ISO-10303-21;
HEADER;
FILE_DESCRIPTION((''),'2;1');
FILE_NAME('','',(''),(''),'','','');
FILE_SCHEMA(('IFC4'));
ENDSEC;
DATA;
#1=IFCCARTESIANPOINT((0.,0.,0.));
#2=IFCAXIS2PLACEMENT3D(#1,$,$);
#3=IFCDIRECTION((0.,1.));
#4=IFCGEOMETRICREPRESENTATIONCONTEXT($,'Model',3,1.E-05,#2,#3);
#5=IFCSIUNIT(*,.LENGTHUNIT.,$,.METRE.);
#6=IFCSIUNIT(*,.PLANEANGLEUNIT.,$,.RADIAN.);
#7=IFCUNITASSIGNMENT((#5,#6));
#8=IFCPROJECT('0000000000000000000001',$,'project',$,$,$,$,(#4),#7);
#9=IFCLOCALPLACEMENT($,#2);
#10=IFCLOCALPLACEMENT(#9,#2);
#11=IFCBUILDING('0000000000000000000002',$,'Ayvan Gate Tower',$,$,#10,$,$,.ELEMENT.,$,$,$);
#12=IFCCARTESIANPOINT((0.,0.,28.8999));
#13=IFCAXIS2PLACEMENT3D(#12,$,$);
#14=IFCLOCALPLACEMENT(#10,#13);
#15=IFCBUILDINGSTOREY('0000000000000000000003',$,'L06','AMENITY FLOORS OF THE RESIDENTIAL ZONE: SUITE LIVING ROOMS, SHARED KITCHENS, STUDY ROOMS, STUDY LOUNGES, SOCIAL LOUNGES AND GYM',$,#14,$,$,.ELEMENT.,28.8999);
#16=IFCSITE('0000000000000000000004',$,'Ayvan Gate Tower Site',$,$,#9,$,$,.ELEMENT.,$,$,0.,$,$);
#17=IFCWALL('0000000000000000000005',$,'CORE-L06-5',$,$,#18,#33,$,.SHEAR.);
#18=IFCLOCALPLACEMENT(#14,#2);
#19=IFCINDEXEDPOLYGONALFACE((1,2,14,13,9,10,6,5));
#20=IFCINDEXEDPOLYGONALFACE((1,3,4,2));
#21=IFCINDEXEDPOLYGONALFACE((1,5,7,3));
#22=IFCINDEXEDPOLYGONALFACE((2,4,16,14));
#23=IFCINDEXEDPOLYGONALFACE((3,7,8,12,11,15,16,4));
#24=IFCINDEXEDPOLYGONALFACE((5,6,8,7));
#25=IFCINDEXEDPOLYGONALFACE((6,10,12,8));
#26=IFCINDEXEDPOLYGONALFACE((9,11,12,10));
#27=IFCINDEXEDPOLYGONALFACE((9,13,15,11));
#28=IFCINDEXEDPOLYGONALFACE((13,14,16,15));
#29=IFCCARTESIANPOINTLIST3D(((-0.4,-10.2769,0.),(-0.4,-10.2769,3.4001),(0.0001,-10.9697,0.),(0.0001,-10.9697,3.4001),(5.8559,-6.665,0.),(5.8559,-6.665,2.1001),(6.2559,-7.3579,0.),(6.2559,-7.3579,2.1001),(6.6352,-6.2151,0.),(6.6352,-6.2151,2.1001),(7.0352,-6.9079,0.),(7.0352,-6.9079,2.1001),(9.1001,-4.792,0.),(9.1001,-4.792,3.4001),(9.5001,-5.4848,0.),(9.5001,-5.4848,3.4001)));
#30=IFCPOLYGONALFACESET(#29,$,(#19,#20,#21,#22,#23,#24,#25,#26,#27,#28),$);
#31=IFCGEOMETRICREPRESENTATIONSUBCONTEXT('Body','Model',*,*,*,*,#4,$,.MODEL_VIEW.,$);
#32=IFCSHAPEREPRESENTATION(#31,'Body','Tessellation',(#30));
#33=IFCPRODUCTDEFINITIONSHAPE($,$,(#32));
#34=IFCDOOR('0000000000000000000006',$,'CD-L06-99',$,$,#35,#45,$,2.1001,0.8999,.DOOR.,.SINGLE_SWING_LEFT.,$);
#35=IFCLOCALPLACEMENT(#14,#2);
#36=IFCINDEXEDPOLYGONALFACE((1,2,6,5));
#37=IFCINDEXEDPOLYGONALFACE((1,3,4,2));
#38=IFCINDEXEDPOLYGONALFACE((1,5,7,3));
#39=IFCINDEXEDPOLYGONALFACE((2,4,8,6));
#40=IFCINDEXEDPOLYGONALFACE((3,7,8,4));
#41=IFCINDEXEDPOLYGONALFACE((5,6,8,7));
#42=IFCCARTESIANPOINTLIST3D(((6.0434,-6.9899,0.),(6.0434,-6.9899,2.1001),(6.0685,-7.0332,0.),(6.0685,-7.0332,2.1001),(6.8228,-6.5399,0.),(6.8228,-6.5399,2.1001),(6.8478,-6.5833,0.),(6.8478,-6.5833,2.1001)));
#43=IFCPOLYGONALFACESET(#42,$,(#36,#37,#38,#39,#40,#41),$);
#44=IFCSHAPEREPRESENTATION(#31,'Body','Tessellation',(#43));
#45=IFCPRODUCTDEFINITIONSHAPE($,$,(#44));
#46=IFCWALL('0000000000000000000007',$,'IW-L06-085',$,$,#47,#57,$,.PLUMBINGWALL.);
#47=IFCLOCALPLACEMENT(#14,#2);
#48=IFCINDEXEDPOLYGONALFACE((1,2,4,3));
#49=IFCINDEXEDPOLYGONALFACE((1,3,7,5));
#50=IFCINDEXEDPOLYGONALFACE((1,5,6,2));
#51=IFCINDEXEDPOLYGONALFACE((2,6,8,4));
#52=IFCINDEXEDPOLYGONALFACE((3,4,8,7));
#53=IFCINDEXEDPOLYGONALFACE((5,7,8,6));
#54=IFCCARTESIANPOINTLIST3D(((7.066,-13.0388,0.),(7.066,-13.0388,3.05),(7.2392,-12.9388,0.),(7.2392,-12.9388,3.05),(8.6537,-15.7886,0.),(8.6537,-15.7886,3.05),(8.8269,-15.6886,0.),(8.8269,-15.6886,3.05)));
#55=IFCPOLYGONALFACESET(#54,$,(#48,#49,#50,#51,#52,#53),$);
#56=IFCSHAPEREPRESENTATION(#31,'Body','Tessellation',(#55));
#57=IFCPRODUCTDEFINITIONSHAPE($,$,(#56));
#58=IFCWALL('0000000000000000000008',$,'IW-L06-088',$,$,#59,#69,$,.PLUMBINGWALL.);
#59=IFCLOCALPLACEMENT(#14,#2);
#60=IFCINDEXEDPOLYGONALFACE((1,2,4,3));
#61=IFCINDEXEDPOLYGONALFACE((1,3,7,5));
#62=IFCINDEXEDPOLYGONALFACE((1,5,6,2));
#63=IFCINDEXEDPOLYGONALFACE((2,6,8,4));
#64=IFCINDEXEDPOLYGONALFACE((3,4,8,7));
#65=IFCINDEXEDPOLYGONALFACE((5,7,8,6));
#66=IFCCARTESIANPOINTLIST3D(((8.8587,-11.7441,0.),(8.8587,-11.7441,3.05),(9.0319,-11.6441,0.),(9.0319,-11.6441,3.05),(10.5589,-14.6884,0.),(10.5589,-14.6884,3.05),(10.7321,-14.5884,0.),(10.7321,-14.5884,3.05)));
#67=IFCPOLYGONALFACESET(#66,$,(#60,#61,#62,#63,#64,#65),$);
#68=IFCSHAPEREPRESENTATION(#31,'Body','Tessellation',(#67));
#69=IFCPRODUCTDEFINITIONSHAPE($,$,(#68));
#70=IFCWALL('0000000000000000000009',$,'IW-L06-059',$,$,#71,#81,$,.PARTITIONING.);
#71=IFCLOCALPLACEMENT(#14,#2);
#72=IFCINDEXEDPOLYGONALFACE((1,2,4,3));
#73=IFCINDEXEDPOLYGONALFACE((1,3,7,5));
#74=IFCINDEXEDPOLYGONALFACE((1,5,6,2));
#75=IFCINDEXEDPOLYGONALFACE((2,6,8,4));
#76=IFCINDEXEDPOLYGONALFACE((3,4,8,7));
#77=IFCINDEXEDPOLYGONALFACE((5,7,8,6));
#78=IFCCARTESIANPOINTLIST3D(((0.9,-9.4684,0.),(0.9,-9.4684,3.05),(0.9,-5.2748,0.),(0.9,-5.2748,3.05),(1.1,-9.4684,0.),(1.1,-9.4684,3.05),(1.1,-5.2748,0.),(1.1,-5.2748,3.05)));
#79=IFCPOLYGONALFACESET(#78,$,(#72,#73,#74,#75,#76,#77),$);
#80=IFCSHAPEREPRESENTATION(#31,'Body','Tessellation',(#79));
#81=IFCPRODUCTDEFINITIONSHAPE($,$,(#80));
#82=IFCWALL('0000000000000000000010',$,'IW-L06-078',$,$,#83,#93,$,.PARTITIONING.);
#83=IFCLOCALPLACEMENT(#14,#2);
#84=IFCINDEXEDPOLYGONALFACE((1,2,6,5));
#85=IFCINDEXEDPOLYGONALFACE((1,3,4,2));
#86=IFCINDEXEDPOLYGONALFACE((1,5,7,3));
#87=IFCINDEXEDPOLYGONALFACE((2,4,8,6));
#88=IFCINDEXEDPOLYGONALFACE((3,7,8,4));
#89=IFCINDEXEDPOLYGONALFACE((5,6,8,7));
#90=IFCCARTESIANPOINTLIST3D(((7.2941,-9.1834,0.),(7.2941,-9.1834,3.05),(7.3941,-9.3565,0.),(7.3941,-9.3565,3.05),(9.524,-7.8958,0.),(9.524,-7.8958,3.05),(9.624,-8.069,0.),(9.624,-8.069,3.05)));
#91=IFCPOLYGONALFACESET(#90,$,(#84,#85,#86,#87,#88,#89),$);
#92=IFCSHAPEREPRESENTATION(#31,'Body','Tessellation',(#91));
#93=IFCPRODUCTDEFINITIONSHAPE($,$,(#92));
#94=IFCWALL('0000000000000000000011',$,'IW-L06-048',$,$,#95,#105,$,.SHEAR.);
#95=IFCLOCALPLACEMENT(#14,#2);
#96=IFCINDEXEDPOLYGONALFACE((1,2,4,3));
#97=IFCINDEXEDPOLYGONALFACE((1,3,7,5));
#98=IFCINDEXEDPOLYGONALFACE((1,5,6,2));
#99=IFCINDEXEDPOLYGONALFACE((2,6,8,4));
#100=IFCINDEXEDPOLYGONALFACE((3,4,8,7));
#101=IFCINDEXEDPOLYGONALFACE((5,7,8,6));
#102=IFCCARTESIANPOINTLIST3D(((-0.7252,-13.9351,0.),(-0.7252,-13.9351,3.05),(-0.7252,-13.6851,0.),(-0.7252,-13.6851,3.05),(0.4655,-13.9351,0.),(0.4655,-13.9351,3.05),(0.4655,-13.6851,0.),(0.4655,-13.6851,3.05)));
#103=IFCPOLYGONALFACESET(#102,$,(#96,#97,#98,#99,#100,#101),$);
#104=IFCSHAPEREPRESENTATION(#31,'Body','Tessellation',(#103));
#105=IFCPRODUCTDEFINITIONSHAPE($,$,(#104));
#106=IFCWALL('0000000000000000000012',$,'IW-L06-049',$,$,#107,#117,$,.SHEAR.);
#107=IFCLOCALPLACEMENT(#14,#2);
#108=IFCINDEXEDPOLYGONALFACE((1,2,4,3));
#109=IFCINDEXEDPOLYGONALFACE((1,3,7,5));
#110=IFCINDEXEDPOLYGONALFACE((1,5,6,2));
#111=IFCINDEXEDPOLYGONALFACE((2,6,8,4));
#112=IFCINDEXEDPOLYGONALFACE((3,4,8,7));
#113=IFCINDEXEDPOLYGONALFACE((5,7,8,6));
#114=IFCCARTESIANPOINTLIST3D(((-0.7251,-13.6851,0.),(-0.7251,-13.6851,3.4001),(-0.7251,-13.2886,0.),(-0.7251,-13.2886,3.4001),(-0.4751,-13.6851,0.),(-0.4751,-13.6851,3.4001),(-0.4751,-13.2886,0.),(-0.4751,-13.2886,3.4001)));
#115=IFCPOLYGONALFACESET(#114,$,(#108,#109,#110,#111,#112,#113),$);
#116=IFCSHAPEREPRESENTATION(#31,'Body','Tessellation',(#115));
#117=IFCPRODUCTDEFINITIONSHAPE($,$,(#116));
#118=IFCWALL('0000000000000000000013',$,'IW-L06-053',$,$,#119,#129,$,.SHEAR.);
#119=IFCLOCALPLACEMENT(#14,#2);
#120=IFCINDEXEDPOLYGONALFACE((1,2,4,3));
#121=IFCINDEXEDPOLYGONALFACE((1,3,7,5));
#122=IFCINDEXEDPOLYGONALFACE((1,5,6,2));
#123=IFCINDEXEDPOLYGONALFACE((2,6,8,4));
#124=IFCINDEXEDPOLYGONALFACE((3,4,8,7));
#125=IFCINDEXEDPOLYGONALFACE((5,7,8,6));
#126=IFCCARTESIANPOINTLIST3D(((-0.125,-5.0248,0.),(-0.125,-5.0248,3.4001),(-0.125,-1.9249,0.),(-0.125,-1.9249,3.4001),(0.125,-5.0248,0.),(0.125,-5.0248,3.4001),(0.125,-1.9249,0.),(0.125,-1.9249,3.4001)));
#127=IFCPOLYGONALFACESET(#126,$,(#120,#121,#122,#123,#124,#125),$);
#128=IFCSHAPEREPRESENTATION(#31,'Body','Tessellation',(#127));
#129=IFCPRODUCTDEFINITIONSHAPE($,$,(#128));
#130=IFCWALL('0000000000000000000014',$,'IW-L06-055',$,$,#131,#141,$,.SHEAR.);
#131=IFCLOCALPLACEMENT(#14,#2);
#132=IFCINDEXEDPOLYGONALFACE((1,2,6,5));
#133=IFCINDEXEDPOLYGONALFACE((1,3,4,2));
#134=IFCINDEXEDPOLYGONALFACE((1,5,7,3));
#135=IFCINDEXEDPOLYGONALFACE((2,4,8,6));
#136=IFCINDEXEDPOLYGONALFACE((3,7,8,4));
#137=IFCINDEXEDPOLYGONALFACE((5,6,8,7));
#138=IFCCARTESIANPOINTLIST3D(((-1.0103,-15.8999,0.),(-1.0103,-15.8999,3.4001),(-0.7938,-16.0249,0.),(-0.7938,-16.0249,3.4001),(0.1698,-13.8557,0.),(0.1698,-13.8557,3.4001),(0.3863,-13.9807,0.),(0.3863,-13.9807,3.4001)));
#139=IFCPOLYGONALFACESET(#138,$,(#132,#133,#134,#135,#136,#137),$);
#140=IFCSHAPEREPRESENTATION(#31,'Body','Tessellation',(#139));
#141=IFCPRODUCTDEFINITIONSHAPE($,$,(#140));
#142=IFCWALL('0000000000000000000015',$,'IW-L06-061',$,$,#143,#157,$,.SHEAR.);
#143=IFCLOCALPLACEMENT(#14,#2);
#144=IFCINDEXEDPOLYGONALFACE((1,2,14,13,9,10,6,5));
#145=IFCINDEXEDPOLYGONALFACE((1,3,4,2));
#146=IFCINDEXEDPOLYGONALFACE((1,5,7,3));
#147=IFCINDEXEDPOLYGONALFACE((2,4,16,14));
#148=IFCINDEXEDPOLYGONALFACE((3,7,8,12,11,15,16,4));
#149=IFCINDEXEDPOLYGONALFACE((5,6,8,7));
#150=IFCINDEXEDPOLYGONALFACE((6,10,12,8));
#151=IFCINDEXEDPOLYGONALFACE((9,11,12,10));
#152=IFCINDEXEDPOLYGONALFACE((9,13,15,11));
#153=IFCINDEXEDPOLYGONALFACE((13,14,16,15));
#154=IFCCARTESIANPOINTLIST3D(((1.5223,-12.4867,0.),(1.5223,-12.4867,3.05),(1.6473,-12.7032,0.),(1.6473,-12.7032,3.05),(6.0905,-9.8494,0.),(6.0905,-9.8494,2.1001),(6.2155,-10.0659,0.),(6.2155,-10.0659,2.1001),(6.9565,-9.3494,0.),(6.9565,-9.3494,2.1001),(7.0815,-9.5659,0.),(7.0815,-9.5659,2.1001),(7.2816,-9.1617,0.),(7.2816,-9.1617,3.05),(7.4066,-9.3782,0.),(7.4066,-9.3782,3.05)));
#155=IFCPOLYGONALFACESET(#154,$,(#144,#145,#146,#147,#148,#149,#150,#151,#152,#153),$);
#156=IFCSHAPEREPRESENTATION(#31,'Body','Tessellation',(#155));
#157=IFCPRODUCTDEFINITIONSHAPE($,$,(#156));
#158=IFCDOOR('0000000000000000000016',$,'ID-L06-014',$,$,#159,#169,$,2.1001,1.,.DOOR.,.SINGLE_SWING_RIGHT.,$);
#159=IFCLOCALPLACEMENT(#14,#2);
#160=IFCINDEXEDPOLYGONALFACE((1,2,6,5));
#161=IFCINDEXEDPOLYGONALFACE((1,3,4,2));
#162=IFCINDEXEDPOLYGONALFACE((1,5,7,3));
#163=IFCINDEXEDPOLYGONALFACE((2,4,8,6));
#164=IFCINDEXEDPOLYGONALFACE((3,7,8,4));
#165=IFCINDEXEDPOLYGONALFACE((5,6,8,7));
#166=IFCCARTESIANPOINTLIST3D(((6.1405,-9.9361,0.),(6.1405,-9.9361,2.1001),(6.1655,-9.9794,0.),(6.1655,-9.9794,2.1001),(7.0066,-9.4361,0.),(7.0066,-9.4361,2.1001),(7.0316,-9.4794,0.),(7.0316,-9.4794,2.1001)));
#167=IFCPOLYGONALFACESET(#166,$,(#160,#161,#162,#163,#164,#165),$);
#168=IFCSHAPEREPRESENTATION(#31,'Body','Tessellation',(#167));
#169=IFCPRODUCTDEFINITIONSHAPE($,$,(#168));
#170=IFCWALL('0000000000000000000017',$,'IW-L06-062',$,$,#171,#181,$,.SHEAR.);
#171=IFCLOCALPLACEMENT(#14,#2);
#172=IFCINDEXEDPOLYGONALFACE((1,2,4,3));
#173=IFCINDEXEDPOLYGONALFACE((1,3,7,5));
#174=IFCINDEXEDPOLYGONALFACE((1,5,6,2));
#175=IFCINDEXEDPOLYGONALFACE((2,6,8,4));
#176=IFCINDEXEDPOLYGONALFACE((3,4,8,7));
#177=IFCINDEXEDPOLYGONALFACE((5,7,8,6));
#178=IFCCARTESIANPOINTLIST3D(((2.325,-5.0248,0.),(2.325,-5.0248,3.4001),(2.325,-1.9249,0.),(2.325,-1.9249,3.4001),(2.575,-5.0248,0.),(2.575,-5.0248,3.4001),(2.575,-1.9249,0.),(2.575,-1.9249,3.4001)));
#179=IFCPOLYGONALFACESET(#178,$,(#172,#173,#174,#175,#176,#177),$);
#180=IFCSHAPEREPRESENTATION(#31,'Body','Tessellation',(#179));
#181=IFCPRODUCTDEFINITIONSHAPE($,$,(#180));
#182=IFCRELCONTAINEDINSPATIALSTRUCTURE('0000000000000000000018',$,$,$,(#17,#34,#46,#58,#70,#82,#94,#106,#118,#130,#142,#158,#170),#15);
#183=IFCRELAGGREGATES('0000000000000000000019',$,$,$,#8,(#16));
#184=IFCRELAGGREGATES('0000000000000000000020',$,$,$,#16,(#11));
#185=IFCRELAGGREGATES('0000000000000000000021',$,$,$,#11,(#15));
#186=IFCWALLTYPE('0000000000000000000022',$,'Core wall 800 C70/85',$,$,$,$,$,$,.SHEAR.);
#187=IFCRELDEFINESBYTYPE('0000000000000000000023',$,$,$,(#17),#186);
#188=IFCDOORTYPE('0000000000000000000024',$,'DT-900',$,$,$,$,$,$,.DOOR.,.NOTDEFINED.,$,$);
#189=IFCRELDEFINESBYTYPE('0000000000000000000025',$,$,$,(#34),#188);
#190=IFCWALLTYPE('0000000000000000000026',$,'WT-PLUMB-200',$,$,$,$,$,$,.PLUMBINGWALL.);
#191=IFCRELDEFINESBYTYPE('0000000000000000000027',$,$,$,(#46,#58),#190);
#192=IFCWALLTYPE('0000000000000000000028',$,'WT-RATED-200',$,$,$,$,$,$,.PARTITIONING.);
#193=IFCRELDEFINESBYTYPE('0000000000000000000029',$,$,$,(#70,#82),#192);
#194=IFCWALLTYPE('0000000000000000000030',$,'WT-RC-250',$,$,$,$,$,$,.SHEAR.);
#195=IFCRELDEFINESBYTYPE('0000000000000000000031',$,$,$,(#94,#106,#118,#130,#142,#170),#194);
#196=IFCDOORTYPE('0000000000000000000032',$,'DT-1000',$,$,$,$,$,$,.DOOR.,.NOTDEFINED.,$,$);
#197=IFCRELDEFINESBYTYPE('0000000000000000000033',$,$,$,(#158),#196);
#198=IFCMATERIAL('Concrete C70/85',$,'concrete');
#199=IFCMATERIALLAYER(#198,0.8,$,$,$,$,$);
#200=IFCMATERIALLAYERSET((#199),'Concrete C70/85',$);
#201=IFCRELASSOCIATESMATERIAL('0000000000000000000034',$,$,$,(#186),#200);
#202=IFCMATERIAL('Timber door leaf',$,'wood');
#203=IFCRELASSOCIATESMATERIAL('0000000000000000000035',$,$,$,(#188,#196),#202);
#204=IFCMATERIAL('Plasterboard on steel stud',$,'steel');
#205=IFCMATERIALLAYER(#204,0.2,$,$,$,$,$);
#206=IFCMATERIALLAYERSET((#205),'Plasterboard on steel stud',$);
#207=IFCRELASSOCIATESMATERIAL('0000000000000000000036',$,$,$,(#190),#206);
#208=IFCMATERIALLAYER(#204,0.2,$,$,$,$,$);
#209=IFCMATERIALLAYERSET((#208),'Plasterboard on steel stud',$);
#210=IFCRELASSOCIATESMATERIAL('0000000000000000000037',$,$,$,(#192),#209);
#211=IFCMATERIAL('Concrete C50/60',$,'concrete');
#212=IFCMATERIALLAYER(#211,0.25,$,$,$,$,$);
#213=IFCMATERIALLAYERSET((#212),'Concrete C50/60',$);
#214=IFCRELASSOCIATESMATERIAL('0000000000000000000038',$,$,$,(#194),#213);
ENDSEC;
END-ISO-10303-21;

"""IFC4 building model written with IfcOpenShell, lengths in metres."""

from ifc_helpers import new_model, si_unit, direction, frame, frame_2d, origin, place, context, subcontext, project, spatial, rectangle, extrude, material, layer, layer_set, type_object, element, fill, save


model = new_model("IFC4")

# Units and contexts
model_context = context("Model", 3, precision=1e-05, world=origin(), true_north=direction((0.0, 1.0)))
body_context = subcontext(model_context, "Body", "Model", "MODEL_VIEW")
ifc_project = project(units=[si_unit("LENGTHUNIT", "METRE"), si_unit("PLANEANGLEUNIT", "RADIAN")], contexts=[model_context])

# Site, building, storey
site_placement = place(None, origin())
site = spatial("IfcSite", under=ifc_project, at=site_placement, Name="Ayvan Gate Tower Site", CompositionType="ELEMENT", RefElevation=0.0)
building_placement = place(site_placement, origin())
building = spatial("IfcBuilding", under=site, at=building_placement, Name="Ayvan Gate Tower", CompositionType="ELEMENT")
storey_placement = place(building_placement, frame((0.0, 0.0, 28.8999)))
storey = spatial("IfcBuildingStorey", under=building, at=storey_placement, Name="L06", Description="AMENITY FLOORS OF THE RESIDENTIAL ZONE: SUITE LIVING ROOMS, SHARED KITCHENS, STUDY ROOMS, STUDY LOUNGES, SOCIAL LOUNGES AND GYM", CompositionType="ELEMENT", Elevation=28.8999)

# Wall, opening, door
ifc_material_1 = material(Name="Concrete C70/85", Category="concrete")
ifc_layer_1 = layer(ifc_material_1, 0.8)
ifc_layer_set_1 = layer_set([ifc_layer_1], Name="Concrete C70/85")
wall_type_1 = type_object("IfcWallType", Name="Core wall 800 C70/85", PredefinedType="SHEAR", material=ifc_layer_set_1)
wall_1_placement = place(storey_placement, frame((-0.2, -10.6233, 0.0), z_axis=(0.0, 0.0, 1.0), x_axis=(0.866024, 0.500002, 0.0)))
wall_1 = element("IfcWall", 1, at=wall_1_placement, inside=storey, type_object=wall_type_1, Name="CORE-L06-5", PredefinedType="SHEAR", context=body_context, shape_type="SweptSolid", body=[
    extrude(rectangle(XDim=10.9697, YDim=0.8, at=frame_2d((5.4849, 0.0))), origin(), (0.0, 0.0, 1.0), 3.4001),
])
opening_1_placement = place(wall_1_placement, frame((7.2236, 0.0, 0.0)))
opening_1 = element("IfcOpeningElement", 2, at=opening_1_placement, cuts=wall_1, PredefinedType="OPENING", context=body_context, shape_type="SweptSolid", body=[
    extrude(rectangle(XDim=0.8999, YDim=2.1001, at=frame_2d((0.45, 1.05))), frame((0.0, 0.4099, 0.0), z_axis=(0.0, -1.0, 0.0), x_axis=(1.0, 0.0, 0.0)), (0.0, 0.0, 1.0), 0.8201),
])
ifc_material_2 = material(Name="Timber door leaf", Category="wood")
door_type_1 = type_object("IfcDoorType", Name="DT-900", OperationType="NOTDEFINED", PredefinedType="DOOR", material=ifc_material_2)
door_1_placement = place(opening_1_placement, origin())
door_1 = element("IfcDoor", 3, at=door_1_placement, inside=storey, type_object=door_type_1, Name="CD-L06-99", OperationType="SINGLE_SWING_LEFT", OverallHeight=2.1001, OverallWidth=0.8999, PredefinedType="DOOR", context=body_context, shape_type="SweptSolid", body=[
    extrude(rectangle(XDim=0.8999, YDim=2.1001, at=frame_2d((0.45, 1.05))), frame((0.0, 0.0249, 0.0), z_axis=(0.0, -1.0, 0.0), x_axis=(1.0, 0.0, 0.0)), (0.0, 0.0, 1.0), 0.05),
])
fill(opening_1, door_1)

# Walls
ifc_material_3 = material(Name="Plasterboard on steel stud", Category="steel")
ifc_layer_2 = layer(ifc_material_3, 0.2)
ifc_layer_set_2 = layer_set([ifc_layer_2], Name="Plasterboard on steel stud")
wall_type_2 = type_object("IfcWallType", Name="WT-PLUMB-200", PredefinedType="PLUMBINGWALL", material=ifc_layer_set_2)
wall_2_placement = place(storey_placement, frame((7.1526, -12.9888, 0.0), z_axis=(0.0, 0.0, 1.0), x_axis=(0.500018, -0.866015, 0.0)))
element("IfcWall", 4, at=wall_2_placement, inside=storey, type_object=wall_type_2, Name="IW-L06-085", PredefinedType="PLUMBINGWALL", context=body_context, shape_type="SweptSolid", body=[
    extrude(rectangle(XDim=3.1753, YDim=0.2, at=frame_2d((1.5876, 0.0))), origin(), (0.0, 0.0, 1.0), 3.05),
])
wall_3_placement = place(storey_placement, frame((8.9453, -11.6941, 0.0), z_axis=(0.0, 0.0, 1.0), x_axis=(0.500062, -0.865989, 0.0)))
element("IfcWall", 5, at=wall_3_placement, inside=storey, type_object=wall_type_2, Name="IW-L06-088", PredefinedType="PLUMBINGWALL", context=body_context, shape_type="SweptSolid", body=[
    extrude(rectangle(XDim=3.3999, YDim=0.2, at=frame_2d((1.7, 0.0))), origin(), (0.0, 0.0, 1.0), 3.05),
])
ifc_layer_3 = layer(ifc_material_3, 0.2)
ifc_layer_set_3 = layer_set([ifc_layer_3], Name="Plasterboard on steel stud")
wall_type_3 = type_object("IfcWallType", Name="WT-RATED-200", PredefinedType="PARTITIONING", material=ifc_layer_set_3)
wall_4_placement = place(storey_placement, frame((1.0, -5.2749, 0.0), z_axis=(0.0, 0.0, 1.0), x_axis=(0.0, -1.0, 0.0)))
element("IfcWall", 6, at=wall_4_placement, inside=storey, type_object=wall_type_3, Name="IW-L06-059", PredefinedType="PARTITIONING", context=body_context, shape_type="SweptSolid", body=[
    extrude(rectangle(XDim=4.1936, YDim=0.2, at=frame_2d((2.0967, 0.0))), origin(), (0.0, 0.0, 1.0), 3.05),
])
wall_5_placement = place(storey_placement, frame((7.344, -9.27, 0.0), z_axis=(0.0, 0.0, 1.0), x_axis=(0.866006, 0.500034, 0.0)))
element("IfcWall", 7, at=wall_5_placement, inside=storey, type_object=wall_type_3, Name="IW-L06-078", PredefinedType="PARTITIONING", context=body_context, shape_type="SweptSolid", body=[
    extrude(rectangle(XDim=2.575, YDim=0.2, at=frame_2d((1.2876, 0.0))), origin(), (0.0, 0.0, 1.0), 3.05),
])
ifc_material_4 = material(Name="Concrete C50/60", Category="concrete")
ifc_layer_4 = layer(ifc_material_4, 0.25)
ifc_layer_set_4 = layer_set([ifc_layer_4], Name="Concrete C50/60")
wall_type_4 = type_object("IfcWallType", Name="WT-RC-250", PredefinedType="SHEAR", material=ifc_layer_set_4)
wall_6_placement = place(storey_placement, frame((-0.7251, -13.8101, 0.0), z_axis=(0.0, 0.0, 1.0), x_axis=(1.0, 0.0, 0.0)))
element("IfcWall", 8, at=wall_6_placement, inside=storey, type_object=wall_type_4, Name="IW-L06-048", PredefinedType="SHEAR", context=body_context, shape_type="SweptSolid", body=[
    extrude(rectangle(XDim=1.1907, YDim=0.25, at=frame_2d((0.5952, 0.0))), origin(), (0.0, 0.0, 1.0), 3.05),
])
wall_7_placement = place(storey_placement, frame((-0.6001, -13.2886, 0.0), z_axis=(0.0, 0.0, 1.0), x_axis=(0.0, -1.0, 0.0)))
element("IfcWall", 9, at=wall_7_placement, inside=storey, type_object=wall_type_4, Name="IW-L06-049", PredefinedType="SHEAR", context=body_context, shape_type="SweptSolid", body=[
    extrude(rectangle(XDim=0.3965, YDim=0.25, at=frame_2d((0.1982, 0.0))), origin(), (0.0, 0.0, 1.0), 3.4001),
])
wall_8_placement = place(storey_placement, frame((0.0, -1.925, 0.0), z_axis=(0.0, 0.0, 1.0), x_axis=(0.0, -1.0, 0.0)))
element("IfcWall", 10, at=wall_8_placement, inside=storey, type_object=wall_type_4, Name="IW-L06-053", PredefinedType="SHEAR", context=body_context, shape_type="SweptSolid", body=[
    extrude(rectangle(XDim=3.0999, YDim=0.25, at=frame_2d((1.5498, 0.0))), origin(), (0.0, 0.0, 1.0), 3.4001),
])
wall_9_placement = place(storey_placement, frame((0.2781, -13.9182, 0.0), z_axis=(0.0, 0.0, 1.0), x_axis=(-0.499988, -0.866032, 0.0)))
element("IfcWall", 11, at=wall_9_placement, inside=storey, type_object=wall_type_4, Name="IW-L06-055", PredefinedType="SHEAR", context=body_context, shape_type="SweptSolid", body=[
    extrude(rectangle(XDim=2.3604, YDim=0.25, at=frame_2d((1.1802, 0.0))), origin(), (0.0, 0.0, 1.0), 3.4001),
])

# Wall, opening, door
wall_10_placement = place(storey_placement, frame((1.5847, -12.595, 0.0), z_axis=(0.0, 0.0, 1.0), x_axis=(0.866036, 0.499981, 0.0)))
wall_10 = element("IfcWall", 12, at=wall_10_placement, inside=storey, type_object=wall_type_4, Name="IW-L06-061", PredefinedType="SHEAR", context=body_context, shape_type="SweptSolid", body=[
    extrude(rectangle(XDim=6.6501, YDim=0.25, at=frame_2d((3.3252, 0.0))), origin(), (0.0, 0.0, 1.0), 3.05),
])
opening_2_placement = place(wall_10_placement, frame((5.2749, 0.0, 0.0)))
opening_2 = element("IfcOpeningElement", 13, at=opening_2_placement, cuts=wall_10, PredefinedType="OPENING", context=body_context, shape_type="SweptSolid", body=[
    extrude(rectangle(XDim=1.0, YDim=2.1001, at=frame_2d((0.5, 1.05))), frame((0.0, 0.135, 0.0), z_axis=(0.0, -1.0, 0.0), x_axis=(1.0, 0.0, 0.0)), (0.0, 0.0, 1.0), 0.27),
])
door_type_2 = type_object("IfcDoorType", Name="DT-1000", OperationType="NOTDEFINED", PredefinedType="DOOR", material=ifc_material_2)
door_2_placement = place(opening_2_placement, origin())
door_2 = element("IfcDoor", 14, at=door_2_placement, inside=storey, type_object=door_type_2, Name="ID-L06-014", OperationType="SINGLE_SWING_RIGHT", OverallHeight=2.1001, OverallWidth=1.0, PredefinedType="DOOR", context=body_context, shape_type="SweptSolid", body=[
    extrude(rectangle(XDim=1.0, YDim=2.1001, at=frame_2d((0.5, 1.05))), frame((0.0, 0.0249, 0.0), z_axis=(0.0, -1.0, 0.0), x_axis=(1.0, 0.0, 0.0)), (0.0, 0.0, 1.0), 0.05),
])
fill(opening_2, door_2)

# Wall
for number, where, z_axis, x_axis, name in (
    (15, (2.45, -1.925, 0.0), (0.0, 0.0, 1.0), (0.0, -1.0, 0.0), "IW-L06-062"),
):
    element("IfcWall", number, at=place(storey_placement, frame(where, z_axis=z_axis, x_axis=x_axis)), inside=storey, type_object=wall_type_4, Name=name, PredefinedType="SHEAR", context=body_context, shape_type="SweptSolid", body=[
        extrude(rectangle(XDim=3.0999, YDim=0.25, at=frame_2d((1.5498, 0.0))), origin(), (0.0, 0.0, 1.0), 3.4001),
    ])

save(model, "model.ifc")
